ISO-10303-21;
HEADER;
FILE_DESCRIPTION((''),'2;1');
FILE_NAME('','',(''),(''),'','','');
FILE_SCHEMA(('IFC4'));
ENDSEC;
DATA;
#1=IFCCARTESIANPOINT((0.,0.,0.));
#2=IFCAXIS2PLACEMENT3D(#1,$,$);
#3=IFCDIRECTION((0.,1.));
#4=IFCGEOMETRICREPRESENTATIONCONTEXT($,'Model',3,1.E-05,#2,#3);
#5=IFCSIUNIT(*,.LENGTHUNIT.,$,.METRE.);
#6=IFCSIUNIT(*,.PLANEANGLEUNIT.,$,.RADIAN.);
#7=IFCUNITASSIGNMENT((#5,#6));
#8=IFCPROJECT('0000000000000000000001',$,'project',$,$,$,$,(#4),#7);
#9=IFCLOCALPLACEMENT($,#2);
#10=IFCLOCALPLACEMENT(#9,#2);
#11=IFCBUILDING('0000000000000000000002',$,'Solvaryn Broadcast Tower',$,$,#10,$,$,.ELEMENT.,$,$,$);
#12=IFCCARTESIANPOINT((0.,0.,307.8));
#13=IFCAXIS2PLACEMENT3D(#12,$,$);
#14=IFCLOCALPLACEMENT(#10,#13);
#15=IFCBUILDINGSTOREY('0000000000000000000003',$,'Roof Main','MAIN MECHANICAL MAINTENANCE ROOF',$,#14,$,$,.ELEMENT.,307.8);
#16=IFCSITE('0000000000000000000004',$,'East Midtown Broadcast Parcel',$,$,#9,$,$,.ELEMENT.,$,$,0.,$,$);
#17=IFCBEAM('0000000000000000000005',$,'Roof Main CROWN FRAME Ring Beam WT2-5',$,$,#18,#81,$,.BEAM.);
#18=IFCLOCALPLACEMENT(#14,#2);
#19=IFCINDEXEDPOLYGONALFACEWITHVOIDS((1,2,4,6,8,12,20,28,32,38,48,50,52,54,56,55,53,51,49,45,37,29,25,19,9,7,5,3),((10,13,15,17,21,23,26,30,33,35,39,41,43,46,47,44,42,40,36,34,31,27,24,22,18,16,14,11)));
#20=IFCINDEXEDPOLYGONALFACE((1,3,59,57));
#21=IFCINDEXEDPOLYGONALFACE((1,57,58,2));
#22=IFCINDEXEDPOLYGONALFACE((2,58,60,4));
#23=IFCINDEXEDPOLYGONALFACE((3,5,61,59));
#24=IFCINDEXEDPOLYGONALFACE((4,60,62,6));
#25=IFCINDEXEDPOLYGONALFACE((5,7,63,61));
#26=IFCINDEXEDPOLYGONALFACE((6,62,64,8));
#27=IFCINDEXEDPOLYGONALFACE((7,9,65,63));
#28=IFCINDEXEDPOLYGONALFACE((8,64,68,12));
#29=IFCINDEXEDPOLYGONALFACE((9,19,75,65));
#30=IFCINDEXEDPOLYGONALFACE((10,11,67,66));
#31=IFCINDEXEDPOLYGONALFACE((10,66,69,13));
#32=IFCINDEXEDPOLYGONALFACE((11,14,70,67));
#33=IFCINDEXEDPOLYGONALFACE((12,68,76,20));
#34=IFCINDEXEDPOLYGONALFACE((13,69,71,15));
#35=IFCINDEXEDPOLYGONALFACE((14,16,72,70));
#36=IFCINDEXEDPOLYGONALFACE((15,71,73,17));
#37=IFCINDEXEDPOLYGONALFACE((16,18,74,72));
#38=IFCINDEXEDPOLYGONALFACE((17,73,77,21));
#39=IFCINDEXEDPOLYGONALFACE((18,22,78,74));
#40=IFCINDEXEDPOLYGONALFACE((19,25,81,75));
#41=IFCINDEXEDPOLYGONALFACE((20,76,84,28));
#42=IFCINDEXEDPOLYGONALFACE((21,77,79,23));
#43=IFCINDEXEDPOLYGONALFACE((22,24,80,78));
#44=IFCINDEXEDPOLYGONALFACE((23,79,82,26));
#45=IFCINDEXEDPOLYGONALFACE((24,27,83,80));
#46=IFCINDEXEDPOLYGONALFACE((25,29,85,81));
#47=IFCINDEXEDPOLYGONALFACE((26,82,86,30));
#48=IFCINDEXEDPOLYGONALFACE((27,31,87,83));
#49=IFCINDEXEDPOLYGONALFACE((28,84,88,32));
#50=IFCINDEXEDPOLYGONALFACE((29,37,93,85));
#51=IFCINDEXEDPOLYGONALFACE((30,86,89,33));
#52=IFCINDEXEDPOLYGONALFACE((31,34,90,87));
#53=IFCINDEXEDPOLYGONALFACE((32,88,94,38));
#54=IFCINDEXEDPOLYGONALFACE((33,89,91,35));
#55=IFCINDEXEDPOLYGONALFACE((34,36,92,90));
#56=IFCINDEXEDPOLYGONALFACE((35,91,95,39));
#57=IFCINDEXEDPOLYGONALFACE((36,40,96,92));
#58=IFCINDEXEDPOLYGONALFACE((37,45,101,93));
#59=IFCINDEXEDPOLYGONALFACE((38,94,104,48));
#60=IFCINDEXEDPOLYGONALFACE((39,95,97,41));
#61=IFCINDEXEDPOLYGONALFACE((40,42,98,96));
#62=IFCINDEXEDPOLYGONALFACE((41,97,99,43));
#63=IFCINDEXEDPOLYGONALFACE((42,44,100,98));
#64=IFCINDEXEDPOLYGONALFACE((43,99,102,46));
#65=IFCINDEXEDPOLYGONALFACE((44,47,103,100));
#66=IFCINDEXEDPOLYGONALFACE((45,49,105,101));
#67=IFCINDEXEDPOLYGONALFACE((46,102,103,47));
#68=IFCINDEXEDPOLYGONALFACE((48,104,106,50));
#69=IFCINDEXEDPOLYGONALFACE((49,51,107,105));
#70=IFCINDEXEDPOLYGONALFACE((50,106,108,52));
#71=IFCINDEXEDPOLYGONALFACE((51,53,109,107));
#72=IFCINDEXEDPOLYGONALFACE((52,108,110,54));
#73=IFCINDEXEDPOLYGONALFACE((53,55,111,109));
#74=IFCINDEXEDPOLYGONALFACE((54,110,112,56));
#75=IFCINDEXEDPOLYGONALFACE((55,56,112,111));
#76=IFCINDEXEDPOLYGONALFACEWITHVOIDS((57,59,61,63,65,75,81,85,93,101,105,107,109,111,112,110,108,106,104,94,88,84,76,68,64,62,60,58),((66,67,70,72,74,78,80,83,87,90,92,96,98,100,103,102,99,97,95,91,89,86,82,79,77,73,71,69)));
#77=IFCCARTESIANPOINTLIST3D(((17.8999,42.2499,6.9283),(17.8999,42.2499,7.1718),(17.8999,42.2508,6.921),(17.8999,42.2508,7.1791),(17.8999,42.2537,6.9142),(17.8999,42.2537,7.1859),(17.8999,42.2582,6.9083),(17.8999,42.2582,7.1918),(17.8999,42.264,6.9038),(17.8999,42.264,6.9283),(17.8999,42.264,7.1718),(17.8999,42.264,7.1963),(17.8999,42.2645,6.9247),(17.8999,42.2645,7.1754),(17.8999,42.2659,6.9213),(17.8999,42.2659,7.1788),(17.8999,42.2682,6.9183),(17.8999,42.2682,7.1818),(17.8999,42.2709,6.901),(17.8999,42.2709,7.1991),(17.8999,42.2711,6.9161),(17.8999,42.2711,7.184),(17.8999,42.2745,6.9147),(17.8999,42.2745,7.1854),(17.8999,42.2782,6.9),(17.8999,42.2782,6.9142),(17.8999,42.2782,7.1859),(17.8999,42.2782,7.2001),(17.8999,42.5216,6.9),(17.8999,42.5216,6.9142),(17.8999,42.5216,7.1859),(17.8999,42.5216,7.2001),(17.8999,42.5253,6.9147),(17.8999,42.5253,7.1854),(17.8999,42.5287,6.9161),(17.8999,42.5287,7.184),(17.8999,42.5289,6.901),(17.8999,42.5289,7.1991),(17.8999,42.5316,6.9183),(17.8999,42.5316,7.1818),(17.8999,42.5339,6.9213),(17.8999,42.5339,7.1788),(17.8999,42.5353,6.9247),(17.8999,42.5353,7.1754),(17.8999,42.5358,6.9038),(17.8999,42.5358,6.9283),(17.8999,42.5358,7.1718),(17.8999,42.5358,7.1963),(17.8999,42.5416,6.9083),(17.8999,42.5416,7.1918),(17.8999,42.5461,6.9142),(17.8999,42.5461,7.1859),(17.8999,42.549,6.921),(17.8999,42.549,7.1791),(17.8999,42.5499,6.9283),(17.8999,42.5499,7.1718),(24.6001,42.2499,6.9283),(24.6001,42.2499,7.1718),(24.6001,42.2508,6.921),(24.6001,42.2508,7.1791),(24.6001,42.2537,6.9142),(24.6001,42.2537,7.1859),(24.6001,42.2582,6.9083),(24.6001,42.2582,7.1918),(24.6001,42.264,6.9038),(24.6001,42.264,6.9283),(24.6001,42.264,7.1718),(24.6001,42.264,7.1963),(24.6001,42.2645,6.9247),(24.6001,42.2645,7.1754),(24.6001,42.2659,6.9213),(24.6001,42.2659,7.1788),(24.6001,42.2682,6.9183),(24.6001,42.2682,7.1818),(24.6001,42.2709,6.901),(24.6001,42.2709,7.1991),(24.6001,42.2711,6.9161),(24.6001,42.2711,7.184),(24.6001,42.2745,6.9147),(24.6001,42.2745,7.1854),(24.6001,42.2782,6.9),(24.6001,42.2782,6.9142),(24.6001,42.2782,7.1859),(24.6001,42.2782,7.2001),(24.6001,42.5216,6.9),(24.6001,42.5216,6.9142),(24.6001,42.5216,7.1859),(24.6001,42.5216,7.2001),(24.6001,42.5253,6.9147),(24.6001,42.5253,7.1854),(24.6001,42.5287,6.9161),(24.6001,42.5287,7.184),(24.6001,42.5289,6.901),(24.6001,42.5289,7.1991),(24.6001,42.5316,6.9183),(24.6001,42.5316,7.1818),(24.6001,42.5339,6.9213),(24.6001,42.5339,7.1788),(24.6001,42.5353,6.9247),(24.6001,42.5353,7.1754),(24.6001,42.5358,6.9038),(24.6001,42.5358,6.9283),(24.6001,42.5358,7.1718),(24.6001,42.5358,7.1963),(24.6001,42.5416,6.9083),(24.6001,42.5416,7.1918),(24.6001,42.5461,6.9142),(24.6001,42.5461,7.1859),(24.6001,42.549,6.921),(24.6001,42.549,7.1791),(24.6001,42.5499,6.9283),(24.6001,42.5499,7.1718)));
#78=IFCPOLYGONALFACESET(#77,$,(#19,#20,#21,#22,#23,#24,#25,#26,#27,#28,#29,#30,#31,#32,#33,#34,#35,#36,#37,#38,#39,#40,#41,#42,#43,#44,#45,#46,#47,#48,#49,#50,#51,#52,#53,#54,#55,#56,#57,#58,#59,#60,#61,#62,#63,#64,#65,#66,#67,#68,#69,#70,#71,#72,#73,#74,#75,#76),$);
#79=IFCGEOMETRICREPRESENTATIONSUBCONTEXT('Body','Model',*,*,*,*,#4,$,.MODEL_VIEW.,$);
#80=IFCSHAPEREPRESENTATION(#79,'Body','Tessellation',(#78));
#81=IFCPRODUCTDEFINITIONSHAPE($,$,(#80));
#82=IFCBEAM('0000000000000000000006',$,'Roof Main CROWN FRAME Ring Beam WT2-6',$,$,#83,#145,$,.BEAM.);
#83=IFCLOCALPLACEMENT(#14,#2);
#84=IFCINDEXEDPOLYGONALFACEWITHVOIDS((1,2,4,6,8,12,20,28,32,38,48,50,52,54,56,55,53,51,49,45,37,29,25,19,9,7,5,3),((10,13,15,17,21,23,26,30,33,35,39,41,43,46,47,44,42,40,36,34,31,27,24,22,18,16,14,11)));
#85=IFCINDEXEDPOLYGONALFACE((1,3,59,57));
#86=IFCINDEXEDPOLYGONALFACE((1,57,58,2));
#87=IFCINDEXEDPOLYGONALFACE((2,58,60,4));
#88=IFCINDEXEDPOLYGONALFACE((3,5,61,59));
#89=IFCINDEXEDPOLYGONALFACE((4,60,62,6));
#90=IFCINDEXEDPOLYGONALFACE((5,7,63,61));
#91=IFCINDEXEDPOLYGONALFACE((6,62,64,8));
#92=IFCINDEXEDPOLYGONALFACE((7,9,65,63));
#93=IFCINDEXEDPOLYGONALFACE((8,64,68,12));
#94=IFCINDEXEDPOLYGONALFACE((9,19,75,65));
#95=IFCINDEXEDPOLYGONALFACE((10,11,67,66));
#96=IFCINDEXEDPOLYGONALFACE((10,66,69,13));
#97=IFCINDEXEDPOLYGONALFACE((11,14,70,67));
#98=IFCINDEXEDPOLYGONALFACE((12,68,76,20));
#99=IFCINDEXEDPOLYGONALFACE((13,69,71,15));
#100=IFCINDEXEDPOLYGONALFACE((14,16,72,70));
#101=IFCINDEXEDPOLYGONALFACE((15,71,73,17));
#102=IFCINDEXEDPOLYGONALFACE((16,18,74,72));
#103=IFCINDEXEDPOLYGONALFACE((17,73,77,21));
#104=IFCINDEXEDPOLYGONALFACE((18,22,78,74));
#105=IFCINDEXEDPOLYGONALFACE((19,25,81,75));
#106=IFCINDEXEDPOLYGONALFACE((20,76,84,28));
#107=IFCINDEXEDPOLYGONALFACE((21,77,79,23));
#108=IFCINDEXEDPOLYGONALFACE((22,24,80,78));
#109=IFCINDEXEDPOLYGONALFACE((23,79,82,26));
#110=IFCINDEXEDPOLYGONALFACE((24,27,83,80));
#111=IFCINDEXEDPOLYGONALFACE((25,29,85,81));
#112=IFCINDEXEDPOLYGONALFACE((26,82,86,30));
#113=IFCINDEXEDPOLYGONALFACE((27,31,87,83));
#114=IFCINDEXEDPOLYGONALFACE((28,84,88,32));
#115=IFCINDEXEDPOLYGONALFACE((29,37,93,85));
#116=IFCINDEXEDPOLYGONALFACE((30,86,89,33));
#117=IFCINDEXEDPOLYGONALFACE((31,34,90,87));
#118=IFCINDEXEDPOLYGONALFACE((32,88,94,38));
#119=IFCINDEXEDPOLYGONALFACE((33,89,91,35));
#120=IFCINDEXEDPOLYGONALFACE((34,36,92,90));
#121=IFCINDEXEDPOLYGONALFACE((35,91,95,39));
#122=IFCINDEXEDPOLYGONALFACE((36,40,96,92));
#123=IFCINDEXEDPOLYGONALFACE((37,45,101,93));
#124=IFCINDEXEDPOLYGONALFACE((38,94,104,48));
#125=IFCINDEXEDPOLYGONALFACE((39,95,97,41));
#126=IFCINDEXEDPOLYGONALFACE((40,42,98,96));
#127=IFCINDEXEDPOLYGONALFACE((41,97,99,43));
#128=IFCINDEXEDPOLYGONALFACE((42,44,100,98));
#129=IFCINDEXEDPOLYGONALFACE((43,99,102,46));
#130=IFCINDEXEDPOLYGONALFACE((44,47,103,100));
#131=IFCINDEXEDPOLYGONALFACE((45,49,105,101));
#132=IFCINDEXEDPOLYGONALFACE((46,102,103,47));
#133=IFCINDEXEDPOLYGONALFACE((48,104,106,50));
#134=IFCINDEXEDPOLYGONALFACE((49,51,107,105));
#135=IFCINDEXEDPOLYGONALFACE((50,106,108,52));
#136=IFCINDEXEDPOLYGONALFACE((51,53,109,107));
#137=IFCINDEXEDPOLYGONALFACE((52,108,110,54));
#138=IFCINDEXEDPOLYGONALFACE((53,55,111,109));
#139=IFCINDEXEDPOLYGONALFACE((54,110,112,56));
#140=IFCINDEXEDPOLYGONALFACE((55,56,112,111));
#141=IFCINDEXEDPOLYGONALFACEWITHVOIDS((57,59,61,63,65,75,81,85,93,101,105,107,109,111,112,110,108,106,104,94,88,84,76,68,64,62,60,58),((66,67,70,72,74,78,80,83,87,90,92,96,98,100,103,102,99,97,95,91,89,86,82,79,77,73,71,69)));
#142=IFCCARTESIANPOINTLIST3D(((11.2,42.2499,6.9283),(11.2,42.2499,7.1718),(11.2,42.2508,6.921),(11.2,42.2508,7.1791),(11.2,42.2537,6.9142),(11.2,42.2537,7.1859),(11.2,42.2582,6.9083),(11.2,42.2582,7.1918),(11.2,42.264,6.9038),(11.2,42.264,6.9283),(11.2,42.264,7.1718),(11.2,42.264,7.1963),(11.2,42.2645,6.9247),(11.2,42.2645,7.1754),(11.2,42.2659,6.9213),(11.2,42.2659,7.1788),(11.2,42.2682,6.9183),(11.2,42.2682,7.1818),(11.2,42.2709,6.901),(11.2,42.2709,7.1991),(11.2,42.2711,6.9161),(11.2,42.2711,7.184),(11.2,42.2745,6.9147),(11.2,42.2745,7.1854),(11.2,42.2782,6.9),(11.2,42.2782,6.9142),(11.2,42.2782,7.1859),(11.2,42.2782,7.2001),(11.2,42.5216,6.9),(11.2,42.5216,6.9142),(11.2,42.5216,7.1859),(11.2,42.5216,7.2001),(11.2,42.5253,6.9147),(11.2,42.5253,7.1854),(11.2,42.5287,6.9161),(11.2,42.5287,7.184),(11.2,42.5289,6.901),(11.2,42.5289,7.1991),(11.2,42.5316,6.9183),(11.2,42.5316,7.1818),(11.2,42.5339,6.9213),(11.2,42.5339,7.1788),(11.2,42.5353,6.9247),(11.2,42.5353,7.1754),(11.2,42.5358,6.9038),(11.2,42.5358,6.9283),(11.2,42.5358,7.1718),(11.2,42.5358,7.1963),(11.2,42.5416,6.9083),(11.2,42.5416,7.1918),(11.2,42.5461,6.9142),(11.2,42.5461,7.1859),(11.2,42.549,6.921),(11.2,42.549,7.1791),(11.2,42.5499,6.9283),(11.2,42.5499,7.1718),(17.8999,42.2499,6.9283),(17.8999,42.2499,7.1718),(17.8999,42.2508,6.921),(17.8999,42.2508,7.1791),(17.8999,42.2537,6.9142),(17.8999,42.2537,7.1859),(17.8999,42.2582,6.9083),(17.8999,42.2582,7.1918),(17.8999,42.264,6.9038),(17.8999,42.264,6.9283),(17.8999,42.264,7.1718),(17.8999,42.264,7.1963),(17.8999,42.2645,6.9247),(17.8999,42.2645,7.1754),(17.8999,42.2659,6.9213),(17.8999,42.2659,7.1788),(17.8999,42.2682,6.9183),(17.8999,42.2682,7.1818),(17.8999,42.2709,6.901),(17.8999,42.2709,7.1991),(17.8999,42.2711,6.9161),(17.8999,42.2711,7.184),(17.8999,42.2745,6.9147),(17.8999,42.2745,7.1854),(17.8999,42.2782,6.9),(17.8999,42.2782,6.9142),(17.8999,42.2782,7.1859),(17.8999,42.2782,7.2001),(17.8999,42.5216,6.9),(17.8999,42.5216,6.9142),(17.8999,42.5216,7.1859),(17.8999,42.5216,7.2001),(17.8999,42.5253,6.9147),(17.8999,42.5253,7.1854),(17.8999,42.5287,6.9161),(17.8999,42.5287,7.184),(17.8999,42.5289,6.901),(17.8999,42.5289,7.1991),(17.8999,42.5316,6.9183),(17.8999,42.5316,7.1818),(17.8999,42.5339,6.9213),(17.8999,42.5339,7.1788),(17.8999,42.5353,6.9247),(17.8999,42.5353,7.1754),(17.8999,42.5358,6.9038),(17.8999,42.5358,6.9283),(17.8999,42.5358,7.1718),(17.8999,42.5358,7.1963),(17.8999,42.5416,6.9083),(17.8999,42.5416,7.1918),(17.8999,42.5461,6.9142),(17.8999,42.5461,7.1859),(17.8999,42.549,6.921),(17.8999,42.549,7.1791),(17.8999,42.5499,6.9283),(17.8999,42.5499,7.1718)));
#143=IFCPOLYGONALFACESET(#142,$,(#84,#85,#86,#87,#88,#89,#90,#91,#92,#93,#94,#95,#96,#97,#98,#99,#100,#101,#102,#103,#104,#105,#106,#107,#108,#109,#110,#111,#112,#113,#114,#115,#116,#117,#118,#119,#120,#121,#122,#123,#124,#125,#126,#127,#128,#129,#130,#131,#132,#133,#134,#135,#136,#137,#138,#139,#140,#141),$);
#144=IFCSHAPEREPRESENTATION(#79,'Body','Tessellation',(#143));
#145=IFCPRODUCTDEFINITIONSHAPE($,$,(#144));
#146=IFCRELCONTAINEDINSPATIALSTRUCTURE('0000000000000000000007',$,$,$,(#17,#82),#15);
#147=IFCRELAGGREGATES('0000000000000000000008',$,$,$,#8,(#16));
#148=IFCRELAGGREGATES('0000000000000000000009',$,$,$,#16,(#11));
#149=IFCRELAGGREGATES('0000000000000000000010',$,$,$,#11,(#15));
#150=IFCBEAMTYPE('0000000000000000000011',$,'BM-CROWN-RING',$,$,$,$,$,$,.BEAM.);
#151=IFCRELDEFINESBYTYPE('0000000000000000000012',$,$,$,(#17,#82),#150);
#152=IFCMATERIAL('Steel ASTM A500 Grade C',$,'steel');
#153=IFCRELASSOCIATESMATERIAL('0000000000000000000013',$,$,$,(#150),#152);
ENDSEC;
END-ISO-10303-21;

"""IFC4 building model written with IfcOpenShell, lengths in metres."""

from ifc_helpers import new_model, si_unit, direction, frame, origin, origin_2d, place, context, subcontext, project, spatial, hollow_rectangle, extrude, material, material_profile, profile_set, type_object, element, save


model = new_model("IFC4")

# Units and contexts
model_context = context("Model", 3, precision=1e-05, world=origin(), true_north=direction((0.0, 1.0)))
body_context = subcontext(model_context, "Body", "Model", "MODEL_VIEW")
ifc_project = project(units=[si_unit("LENGTHUNIT", "METRE"), si_unit("PLANEANGLEUNIT", "RADIAN")], contexts=[model_context])

# Site, building, storey
site_placement = place(None, origin())
site = spatial("IfcSite", under=ifc_project, at=site_placement, Name="East Midtown Broadcast Parcel", CompositionType="ELEMENT", RefElevation=0.0)
building_placement = place(site_placement, origin())
building = spatial("IfcBuilding", under=site, at=building_placement, Name="Solvaryn Broadcast Tower", CompositionType="ELEMENT")
storey_placement = place(building_placement, frame((0.0, 0.0, 307.8)))
storey = spatial("IfcBuildingStorey", under=building, at=storey_placement, Name="Roof Main", Description="MAIN MECHANICAL MAINTENANCE ROOF", CompositionType="ELEMENT", Elevation=307.8)

# Beams
ifc_material_1 = material(Name="Steel ASTM A500 Grade C", Category="steel")
ifc_material_profile_1 = material_profile(ifc_material_1, hollow_rectangle(XDim=0.3, YDim=0.3, WallThickness=0.0142, InnerFilletRadius=0.0142, OuterFilletRadius=0.0283, at=origin_2d()))
ifc_profile_set_1 = profile_set([ifc_material_profile_1], Name="Steel ASTM A500 Grade C")
beam_type = type_object("IfcBeamType", Name="BM-CROWN-RING", PredefinedType="BEAM", material=ifc_profile_set_1)
beam_1_placement = place(storey_placement, frame((24.6001, 42.3999, 7.05), z_axis=(-1.0, 0.0, 0.0), x_axis=(0.0, -1.0, 0.0)))
element("IfcBeam", 1, at=beam_1_placement, inside=storey, type_object=beam_type, Name="Roof Main CROWN FRAME Ring Beam WT2-5", PredefinedType="BEAM", context=body_context, shape_type="SweptSolid", body=[
    extrude(hollow_rectangle(XDim=0.3, YDim=0.3, WallThickness=0.0142, InnerFilletRadius=0.0142, OuterFilletRadius=0.0283, at=origin_2d()), origin(), (0.0, 0.0, 1.0), 6.7002),
])
beam_2_placement = place(storey_placement, frame((17.8999, 42.3999, 7.05), z_axis=(-1.0, 0.0, 0.0), x_axis=(0.0, -1.0, 0.0)))
element("IfcBeam", 2, at=beam_2_placement, inside=storey, type_object=beam_type, Name="Roof Main CROWN FRAME Ring Beam WT2-6", PredefinedType="BEAM", context=body_context, shape_type="SweptSolid", body=[
    extrude(hollow_rectangle(XDim=0.3, YDim=0.3, WallThickness=0.0142, InnerFilletRadius=0.0142, OuterFilletRadius=0.0283, at=origin_2d()), origin(), (0.0, 0.0, 1.0), 6.7),
])

save(model, "model.ifc")
